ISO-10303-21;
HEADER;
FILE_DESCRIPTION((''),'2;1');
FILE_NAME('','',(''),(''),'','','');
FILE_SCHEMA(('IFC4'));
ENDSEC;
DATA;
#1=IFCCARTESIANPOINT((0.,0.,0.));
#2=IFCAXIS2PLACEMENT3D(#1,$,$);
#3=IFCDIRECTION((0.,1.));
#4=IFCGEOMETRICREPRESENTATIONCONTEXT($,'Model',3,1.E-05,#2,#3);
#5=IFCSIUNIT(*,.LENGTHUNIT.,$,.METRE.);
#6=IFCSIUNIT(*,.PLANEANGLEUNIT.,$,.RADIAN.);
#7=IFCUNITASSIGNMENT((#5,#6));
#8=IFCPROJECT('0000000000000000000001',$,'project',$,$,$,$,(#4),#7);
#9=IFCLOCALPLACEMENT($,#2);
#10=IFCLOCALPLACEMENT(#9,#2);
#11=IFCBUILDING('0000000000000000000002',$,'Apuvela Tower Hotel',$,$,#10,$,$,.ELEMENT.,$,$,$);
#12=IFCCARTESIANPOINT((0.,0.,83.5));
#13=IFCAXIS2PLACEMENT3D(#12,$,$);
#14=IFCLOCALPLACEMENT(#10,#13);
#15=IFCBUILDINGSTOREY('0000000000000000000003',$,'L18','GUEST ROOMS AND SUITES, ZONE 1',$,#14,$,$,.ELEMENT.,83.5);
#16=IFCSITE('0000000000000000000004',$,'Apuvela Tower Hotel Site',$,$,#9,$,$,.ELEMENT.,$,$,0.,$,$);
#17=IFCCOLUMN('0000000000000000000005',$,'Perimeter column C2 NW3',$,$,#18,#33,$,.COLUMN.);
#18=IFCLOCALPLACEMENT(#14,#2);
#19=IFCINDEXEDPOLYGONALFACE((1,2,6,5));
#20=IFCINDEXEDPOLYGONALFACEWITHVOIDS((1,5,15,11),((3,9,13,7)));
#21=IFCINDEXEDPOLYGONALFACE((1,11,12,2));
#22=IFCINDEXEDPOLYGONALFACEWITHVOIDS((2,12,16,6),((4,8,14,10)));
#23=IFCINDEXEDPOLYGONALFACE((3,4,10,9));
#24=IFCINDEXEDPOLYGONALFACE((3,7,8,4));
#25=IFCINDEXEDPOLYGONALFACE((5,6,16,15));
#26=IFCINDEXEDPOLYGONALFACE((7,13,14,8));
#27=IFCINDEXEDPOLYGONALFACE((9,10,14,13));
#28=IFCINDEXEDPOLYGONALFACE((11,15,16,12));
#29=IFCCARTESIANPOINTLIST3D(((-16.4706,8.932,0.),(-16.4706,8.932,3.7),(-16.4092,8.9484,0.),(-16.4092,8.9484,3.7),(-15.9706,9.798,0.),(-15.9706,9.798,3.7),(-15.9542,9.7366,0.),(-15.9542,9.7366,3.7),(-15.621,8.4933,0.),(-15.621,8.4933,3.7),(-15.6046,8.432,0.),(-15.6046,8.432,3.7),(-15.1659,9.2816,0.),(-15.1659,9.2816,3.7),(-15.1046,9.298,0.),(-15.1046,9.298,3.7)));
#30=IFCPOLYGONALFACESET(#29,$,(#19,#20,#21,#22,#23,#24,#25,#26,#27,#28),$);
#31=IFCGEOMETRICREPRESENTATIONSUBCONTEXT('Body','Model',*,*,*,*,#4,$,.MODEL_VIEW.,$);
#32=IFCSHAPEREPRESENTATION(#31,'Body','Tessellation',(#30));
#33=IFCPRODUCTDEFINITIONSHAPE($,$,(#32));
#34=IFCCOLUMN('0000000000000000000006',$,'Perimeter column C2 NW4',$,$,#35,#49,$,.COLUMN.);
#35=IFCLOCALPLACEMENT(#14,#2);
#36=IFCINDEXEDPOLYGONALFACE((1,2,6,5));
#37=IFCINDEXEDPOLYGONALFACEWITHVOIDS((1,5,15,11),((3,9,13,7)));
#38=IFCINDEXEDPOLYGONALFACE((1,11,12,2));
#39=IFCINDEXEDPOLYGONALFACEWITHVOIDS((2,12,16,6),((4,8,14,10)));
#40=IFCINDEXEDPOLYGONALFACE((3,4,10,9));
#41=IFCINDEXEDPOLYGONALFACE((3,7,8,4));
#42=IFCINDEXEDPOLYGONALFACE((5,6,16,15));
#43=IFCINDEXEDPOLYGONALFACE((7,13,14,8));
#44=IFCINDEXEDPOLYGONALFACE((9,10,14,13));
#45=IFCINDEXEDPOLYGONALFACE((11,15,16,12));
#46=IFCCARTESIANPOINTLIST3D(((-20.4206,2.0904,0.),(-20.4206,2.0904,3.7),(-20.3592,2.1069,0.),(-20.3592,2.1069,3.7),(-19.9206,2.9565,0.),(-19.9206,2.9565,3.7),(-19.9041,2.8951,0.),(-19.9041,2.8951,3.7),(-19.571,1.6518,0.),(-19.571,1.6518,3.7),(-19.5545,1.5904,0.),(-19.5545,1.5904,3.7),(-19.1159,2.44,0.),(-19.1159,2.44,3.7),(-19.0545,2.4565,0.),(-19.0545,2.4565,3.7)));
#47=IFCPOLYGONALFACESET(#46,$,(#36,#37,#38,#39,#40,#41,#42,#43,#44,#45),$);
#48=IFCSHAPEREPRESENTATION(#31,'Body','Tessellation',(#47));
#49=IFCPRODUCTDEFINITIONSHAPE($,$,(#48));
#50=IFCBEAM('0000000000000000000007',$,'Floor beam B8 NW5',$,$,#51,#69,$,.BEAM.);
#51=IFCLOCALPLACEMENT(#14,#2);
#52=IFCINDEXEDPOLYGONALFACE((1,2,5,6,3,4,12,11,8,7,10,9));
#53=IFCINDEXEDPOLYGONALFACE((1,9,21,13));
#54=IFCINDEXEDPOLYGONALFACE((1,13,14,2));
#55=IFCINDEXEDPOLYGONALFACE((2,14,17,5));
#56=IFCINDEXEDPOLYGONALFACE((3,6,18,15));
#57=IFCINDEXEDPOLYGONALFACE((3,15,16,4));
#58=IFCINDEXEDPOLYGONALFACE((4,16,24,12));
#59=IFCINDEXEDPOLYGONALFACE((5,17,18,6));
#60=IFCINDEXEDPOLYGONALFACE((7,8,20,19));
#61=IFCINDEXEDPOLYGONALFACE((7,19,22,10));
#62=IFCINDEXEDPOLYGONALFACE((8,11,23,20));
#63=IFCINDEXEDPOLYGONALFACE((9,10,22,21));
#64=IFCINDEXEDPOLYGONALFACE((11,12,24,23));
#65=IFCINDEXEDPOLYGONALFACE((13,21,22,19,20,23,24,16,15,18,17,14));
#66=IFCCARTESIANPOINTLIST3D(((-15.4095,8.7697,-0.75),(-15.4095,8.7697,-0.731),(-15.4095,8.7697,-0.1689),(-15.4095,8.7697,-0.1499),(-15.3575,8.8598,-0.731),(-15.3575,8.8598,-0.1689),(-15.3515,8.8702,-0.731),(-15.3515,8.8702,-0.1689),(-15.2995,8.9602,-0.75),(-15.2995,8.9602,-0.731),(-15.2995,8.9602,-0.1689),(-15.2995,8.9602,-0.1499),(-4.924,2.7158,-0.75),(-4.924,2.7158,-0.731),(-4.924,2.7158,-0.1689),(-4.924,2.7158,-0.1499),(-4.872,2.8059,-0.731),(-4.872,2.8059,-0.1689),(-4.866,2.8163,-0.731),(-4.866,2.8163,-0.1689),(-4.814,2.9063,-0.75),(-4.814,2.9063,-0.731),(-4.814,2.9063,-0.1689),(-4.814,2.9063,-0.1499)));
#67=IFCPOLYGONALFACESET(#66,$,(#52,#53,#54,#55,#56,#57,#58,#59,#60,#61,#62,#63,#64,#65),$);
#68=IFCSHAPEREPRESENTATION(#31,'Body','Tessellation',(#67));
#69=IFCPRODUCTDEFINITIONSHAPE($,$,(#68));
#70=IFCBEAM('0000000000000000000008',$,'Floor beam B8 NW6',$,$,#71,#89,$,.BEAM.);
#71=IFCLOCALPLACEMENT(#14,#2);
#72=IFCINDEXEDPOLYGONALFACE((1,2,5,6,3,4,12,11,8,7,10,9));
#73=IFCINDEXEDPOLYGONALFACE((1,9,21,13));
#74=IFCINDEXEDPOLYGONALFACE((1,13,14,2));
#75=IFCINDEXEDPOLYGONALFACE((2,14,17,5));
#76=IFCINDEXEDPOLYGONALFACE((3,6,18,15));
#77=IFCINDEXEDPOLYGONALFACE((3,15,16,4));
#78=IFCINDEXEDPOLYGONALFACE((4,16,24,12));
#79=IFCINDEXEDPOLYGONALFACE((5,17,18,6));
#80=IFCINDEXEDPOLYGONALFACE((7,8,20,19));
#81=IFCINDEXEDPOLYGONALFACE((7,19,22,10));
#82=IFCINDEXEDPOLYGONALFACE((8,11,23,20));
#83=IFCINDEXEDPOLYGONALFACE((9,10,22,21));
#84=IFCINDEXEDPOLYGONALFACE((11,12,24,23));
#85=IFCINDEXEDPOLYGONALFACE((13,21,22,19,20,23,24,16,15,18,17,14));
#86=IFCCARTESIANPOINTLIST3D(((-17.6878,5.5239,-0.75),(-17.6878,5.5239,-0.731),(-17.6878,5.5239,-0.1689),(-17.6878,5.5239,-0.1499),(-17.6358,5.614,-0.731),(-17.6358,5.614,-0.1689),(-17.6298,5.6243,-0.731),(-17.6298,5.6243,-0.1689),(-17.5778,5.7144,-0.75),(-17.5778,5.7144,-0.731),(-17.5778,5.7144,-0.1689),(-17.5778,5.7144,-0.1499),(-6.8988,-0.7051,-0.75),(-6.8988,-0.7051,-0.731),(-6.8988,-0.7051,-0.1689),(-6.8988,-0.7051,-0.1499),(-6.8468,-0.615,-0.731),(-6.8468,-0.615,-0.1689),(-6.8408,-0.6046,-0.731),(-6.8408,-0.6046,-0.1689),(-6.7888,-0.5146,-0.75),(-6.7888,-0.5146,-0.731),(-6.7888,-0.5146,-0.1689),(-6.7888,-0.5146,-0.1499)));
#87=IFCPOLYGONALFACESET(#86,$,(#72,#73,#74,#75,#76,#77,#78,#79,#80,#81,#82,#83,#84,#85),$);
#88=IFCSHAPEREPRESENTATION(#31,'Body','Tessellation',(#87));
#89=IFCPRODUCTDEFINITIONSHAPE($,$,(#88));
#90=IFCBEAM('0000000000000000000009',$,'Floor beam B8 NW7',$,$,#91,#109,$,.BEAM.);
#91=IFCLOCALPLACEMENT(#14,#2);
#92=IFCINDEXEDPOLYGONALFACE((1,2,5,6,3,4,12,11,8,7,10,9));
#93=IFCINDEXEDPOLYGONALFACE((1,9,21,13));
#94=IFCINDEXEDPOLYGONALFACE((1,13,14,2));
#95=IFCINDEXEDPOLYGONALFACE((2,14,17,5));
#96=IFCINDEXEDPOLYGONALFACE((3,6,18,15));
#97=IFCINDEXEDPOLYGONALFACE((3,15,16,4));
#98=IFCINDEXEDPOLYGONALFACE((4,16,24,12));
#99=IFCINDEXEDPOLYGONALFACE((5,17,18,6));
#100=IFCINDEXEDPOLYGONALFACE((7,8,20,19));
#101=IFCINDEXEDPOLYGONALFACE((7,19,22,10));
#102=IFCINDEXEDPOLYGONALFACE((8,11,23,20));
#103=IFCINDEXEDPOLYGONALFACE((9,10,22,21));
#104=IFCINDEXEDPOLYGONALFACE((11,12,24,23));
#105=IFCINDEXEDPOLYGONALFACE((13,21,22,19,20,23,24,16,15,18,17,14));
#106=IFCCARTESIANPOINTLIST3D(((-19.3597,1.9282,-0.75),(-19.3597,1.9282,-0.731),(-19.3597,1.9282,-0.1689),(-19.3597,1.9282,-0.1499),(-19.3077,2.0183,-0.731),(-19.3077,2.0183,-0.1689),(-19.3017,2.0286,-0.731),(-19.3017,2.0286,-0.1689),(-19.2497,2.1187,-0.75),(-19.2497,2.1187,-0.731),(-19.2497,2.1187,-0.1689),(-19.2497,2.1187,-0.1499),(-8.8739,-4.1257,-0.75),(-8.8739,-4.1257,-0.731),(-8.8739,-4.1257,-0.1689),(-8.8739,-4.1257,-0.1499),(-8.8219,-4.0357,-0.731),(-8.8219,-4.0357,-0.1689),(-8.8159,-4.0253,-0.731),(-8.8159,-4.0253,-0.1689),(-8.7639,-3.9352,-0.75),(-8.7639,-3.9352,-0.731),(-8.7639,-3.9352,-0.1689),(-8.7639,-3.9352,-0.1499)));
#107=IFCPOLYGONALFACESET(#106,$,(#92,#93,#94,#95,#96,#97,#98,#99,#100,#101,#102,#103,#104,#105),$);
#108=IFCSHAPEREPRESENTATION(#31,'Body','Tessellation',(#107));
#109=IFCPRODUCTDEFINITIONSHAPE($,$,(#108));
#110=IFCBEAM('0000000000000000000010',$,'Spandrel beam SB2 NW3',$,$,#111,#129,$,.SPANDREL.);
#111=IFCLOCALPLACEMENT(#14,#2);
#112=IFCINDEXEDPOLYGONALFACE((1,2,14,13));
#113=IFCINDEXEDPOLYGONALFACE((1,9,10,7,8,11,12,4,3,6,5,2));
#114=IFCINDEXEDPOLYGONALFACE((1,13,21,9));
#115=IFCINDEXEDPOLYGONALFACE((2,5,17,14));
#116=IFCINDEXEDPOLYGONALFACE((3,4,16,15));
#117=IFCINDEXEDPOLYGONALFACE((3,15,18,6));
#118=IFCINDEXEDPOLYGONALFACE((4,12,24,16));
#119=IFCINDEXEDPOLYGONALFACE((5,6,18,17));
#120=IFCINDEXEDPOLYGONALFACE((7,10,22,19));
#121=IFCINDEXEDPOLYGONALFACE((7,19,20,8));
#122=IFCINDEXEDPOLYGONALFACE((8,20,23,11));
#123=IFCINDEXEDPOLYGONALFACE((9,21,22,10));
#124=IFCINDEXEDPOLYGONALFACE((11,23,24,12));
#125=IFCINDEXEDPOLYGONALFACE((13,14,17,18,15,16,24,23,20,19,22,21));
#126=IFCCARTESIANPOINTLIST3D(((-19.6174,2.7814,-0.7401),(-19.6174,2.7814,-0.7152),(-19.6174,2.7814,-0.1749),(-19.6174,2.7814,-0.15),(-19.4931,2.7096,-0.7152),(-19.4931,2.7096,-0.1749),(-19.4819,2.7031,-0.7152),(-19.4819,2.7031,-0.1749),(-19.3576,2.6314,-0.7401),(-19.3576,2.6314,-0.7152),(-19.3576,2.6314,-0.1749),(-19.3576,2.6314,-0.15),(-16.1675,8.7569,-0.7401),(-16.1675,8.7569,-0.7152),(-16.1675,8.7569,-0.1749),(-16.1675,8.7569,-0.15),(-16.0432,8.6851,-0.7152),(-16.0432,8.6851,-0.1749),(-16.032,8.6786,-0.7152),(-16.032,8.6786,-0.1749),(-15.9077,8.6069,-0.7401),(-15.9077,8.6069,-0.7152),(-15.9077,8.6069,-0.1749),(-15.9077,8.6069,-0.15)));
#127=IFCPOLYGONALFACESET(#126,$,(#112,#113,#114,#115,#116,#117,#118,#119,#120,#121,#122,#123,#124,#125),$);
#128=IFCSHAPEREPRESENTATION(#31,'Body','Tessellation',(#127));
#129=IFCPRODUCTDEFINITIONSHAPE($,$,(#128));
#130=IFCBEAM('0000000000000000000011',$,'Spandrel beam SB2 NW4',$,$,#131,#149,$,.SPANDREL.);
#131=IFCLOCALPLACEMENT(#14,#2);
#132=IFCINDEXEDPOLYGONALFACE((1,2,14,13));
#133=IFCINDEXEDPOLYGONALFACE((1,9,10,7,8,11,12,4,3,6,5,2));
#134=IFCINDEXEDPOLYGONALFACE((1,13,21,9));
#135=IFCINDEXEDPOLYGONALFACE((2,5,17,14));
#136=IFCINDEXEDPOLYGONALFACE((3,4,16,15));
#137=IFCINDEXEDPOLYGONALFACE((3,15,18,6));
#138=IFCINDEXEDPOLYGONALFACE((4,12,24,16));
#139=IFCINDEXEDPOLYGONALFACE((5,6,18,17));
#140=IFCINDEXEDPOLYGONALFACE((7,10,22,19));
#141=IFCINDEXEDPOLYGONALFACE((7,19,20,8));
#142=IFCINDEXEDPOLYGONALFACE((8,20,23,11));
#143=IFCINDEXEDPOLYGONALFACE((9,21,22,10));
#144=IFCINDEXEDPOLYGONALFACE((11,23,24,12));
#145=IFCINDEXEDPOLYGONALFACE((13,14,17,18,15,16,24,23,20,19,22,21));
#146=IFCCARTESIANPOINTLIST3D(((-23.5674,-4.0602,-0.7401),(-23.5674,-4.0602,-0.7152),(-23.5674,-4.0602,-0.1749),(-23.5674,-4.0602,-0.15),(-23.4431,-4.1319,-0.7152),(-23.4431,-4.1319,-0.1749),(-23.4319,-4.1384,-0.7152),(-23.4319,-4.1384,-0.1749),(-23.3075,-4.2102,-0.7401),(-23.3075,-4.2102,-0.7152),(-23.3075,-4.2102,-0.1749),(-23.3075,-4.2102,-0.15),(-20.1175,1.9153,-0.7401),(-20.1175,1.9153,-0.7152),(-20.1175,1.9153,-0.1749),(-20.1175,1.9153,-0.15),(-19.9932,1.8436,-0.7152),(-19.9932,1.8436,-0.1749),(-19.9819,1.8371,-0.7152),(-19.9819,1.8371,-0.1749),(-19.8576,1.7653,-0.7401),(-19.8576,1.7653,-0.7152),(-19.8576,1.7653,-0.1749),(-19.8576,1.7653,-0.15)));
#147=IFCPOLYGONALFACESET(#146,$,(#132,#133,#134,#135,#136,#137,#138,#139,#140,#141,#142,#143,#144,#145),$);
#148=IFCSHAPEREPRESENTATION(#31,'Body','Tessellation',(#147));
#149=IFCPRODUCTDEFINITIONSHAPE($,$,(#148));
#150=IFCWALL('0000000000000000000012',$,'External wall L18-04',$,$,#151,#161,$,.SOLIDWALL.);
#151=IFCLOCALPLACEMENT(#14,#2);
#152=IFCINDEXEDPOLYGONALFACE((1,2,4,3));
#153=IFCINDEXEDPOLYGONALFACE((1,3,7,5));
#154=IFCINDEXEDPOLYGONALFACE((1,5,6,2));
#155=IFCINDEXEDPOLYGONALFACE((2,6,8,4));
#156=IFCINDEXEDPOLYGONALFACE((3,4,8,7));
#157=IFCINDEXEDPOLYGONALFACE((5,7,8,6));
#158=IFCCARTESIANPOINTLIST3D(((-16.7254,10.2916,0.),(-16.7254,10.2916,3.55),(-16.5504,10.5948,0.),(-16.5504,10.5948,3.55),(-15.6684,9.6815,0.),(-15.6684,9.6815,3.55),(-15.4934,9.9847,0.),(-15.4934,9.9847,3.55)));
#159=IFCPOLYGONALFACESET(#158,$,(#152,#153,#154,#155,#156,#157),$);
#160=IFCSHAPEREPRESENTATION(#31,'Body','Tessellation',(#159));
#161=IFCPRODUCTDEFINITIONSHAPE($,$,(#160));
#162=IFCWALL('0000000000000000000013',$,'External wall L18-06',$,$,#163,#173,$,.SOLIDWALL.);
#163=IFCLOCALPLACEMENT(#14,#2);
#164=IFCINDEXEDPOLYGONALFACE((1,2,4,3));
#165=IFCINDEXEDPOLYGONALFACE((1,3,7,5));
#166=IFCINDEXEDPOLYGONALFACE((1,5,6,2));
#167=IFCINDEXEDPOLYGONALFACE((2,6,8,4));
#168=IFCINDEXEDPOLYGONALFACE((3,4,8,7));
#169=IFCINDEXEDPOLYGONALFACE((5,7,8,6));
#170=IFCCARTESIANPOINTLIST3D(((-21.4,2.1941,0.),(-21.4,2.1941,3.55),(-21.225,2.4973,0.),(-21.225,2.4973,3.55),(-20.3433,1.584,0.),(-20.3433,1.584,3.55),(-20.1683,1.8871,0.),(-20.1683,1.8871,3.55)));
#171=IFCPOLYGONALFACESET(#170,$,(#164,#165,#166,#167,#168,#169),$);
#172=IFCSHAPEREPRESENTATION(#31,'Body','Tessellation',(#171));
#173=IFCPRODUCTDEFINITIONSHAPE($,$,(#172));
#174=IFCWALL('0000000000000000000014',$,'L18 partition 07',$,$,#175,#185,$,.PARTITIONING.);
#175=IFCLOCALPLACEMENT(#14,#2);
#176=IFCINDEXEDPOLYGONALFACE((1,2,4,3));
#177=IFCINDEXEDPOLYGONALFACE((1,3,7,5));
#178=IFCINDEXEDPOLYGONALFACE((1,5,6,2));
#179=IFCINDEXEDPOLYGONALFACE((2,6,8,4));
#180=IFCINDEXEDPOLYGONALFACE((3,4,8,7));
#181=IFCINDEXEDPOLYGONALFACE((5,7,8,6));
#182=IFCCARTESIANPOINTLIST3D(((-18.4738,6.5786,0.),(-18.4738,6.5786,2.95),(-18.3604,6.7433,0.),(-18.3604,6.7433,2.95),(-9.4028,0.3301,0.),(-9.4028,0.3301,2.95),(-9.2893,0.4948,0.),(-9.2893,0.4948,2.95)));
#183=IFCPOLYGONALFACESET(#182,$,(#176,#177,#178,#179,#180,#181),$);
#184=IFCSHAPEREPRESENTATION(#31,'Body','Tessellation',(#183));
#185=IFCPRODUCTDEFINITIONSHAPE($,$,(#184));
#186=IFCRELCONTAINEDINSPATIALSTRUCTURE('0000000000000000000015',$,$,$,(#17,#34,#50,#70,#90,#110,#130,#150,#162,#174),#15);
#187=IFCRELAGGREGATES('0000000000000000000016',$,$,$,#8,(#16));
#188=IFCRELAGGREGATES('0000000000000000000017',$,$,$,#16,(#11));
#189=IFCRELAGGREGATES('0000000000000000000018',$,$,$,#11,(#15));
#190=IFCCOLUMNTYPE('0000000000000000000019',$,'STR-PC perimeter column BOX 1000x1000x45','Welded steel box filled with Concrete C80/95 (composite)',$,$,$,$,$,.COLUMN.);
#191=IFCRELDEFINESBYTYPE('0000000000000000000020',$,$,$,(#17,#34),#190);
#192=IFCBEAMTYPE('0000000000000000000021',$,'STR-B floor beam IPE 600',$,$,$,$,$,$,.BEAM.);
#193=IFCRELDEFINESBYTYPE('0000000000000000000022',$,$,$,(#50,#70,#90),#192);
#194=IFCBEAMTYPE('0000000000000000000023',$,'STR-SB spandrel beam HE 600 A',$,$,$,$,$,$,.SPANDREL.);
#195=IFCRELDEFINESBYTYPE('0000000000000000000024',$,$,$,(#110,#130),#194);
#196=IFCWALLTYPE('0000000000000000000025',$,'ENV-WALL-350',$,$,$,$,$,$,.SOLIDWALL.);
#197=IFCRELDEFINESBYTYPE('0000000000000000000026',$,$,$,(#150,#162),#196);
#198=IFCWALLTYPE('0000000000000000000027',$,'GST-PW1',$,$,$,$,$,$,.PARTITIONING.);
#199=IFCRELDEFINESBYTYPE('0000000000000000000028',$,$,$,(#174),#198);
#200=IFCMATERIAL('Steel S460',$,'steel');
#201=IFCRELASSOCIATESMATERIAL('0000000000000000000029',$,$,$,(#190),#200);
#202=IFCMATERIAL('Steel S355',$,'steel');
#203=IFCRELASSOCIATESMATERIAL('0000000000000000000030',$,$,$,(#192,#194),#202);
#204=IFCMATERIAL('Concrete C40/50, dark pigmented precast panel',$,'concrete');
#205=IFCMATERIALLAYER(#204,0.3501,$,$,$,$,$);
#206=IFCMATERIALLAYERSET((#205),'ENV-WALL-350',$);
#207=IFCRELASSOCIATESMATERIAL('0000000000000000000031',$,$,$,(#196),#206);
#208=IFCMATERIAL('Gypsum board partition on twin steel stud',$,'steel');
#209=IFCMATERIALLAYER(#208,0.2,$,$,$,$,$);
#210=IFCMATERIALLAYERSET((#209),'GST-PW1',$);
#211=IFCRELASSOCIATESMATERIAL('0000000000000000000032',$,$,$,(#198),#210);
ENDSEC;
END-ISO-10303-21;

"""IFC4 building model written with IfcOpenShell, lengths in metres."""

from ifc_helpers import new_model, si_unit, direction, frame, frame_2d, origin, origin_2d, place, context, subcontext, project, spatial, rectangle, hollow_rectangle, i_section, extrude, material, layer, layer_set, material_profile, profile_set, type_object, element, save


model = new_model("IFC4")

# Units and contexts
model_context = context("Model", 3, precision=1e-05, world=origin(), true_north=direction((0.0, 1.0)))
body_context = subcontext(model_context, "Body", "Model", "MODEL_VIEW")
ifc_project = project(units=[si_unit("LENGTHUNIT", "METRE"), si_unit("PLANEANGLEUNIT", "RADIAN")], contexts=[model_context])

# Site, building, storey
site_placement = place(None, origin())
site = spatial("IfcSite", under=ifc_project, at=site_placement, Name="Apuvela Tower Hotel Site", CompositionType="ELEMENT", RefElevation=0.0)
building_placement = place(site_placement, origin())
building = spatial("IfcBuilding", under=site, at=building_placement, Name="Apuvela Tower Hotel", CompositionType="ELEMENT")
storey_placement = place(building_placement, frame((0.0, 0.0, 83.5)))
storey = spatial("IfcBuildingStorey", under=building, at=storey_placement, Name="L18", Description="GUEST ROOMS AND SUITES, ZONE 1", CompositionType="ELEMENT", Elevation=83.5)

# Columns
ifc_material_1 = material(Name="Steel S460", Category="steel")
ifc_material_profile_1 = material_profile(ifc_material_1, hollow_rectangle(XDim=1.0, YDim=1.0, WallThickness=0.0449, at=origin_2d()), Name="BOX 1000x1000x45")
ifc_material_2 = material(Name="Concrete C80/95", Category="concrete")
ifc_material_profile_2 = material_profile(ifc_material_2, rectangle(XDim=0.9099, YDim=0.9099, at=origin_2d()), Name="Concrete C80/95 infill")
ifc_profile_set_1 = profile_set([ifc_material_profile_1, ifc_material_profile_2], Name="Steel S460")
column_type = type_object("IfcColumnType", Name="STR-PC perimeter column BOX 1000x1000x45", Description="Welded steel box filled with Concrete C80/95 (composite)", PredefinedType="COLUMN", material=ifc_profile_set_1)
for number, where, z_axis, x_axis, name in (
    (1, (-15.7876, 9.115, 0.0), (0.0, 0.0, 1.0), (0.5, 0.866025, 0.0), "Perimeter column C2 NW3"),
    (2, (-19.7375, 2.2734, 0.0), (0.0, 0.0, 1.0), (0.5, 0.866025, 0.0), "Perimeter column C2 NW4"),
):
    element("IfcColumn", number, at=place(storey_placement, frame(where, z_axis=z_axis, x_axis=x_axis)), inside=storey, type_object=column_type, Name=name, PredefinedType="COLUMN", context=body_context, shape_type="SweptSolid", body=[
        extrude(hollow_rectangle(XDim=1.0, YDim=1.0, WallThickness=0.0449, at=origin_2d()), origin(), (0.0, 0.0, 1.0), 3.7),
    ])

# Beams
ifc_material_3 = material(Name="Steel S355", Category="steel")
ifc_material_profile_3 = material_profile(ifc_material_3, i_section(OverallWidth=0.22, OverallDepth=0.6001, WebThickness=0.012, FlangeThickness=0.019, at=origin_2d()), Name="IPE 600")
ifc_profile_set_2 = profile_set([ifc_material_profile_3], Name="Steel S355")
beam_type_1 = type_object("IfcBeamType", Name="STR-B floor beam IPE 600", PredefinedType="BEAM", material=ifc_profile_set_2)
beam_1_placement = place(storey_placement, frame((-15.3545, 8.865, -0.45), z_axis=(0.866022, -0.500006, 0.0), x_axis=(0.500006, 0.866022, 0.0)))
element("IfcBeam", 3, at=beam_1_placement, inside=storey, type_object=beam_type_1, Name="Floor beam B8 NW5", PredefinedType="BEAM", context=body_context, shape_type="SweptSolid", body=[
    extrude(i_section(OverallWidth=0.22, OverallDepth=0.6001, WebThickness=0.012, FlangeThickness=0.019, at=origin_2d()), origin(), (0.0, 0.0, 1.0), 12.1077),
])
beam_2_placement = place(storey_placement, frame((-17.6328, 5.6191, -0.45), z_axis=(0.866028, -0.499996, 0.0), x_axis=(0.499996, 0.866028, 0.0)))
element("IfcBeam", 4, at=beam_2_placement, inside=storey, type_object=beam_type_1, Name="Floor beam B8 NW6", PredefinedType="BEAM", context=body_context, shape_type="SweptSolid", body=[
    extrude(i_section(OverallWidth=0.22, OverallDepth=0.6001, WebThickness=0.012, FlangeThickness=0.019, at=origin_2d()), origin(), (0.0, 0.0, 1.0), 12.458),
])
beam_3_placement = place(storey_placement, frame((-19.3047, 2.0234, -0.45), z_axis=(0.866027, -0.499997, 0.0), x_axis=(0.499997, 0.866027, 0.0)))
element("IfcBeam", 5, at=beam_3_placement, inside=storey, type_object=beam_type_1, Name="Floor beam B8 NW7", PredefinedType="BEAM", context=body_context, shape_type="SweptSolid", body=[
    extrude(i_section(OverallWidth=0.22, OverallDepth=0.6001, WebThickness=0.012, FlangeThickness=0.019, at=origin_2d()), origin(), (0.0, 0.0, 1.0), 12.1079),
])
ifc_material_profile_4 = material_profile(ifc_material_3, i_section(OverallWidth=0.3, OverallDepth=0.5901, WebThickness=0.0129, FlangeThickness=0.0249, at=origin_2d()), Name="HE 600 A")
ifc_profile_set_3 = profile_set([ifc_material_profile_4], Name="Steel S355")
beam_type_2 = type_object("IfcBeamType", Name="STR-SB spandrel beam HE 600 A", PredefinedType="SPANDREL", material=ifc_profile_set_3)
for number, where, z_axis, x_axis, name in (
    (6, (-16.0376, 8.6819, -0.4451), (-0.499994, -0.866029, 0.0), (0.866029, -0.499994, 0.0), "Spandrel beam SB2 NW3"),
    (7, (-19.9875, 1.8403, -0.4451), (-0.499994, -0.866029, 0.0), (0.866029, -0.499994, 0.0), "Spandrel beam SB2 NW4"),
):
    element("IfcBeam", number, at=place(storey_placement, frame(where, z_axis=z_axis, x_axis=x_axis)), inside=storey, type_object=beam_type_2, Name=name, PredefinedType="SPANDREL", context=body_context, shape_type="SweptSolid", body=[
        extrude(i_section(OverallWidth=0.3, OverallDepth=0.5901, WebThickness=0.0129, FlangeThickness=0.0249, at=origin_2d()), origin(), (0.0, 0.0, 1.0), 6.8999),
    ])

# Walls
ifc_material_4 = material(Name="Concrete C40/50, dark pigmented precast panel", Category="concrete")
ifc_layer_1 = layer(ifc_material_4, 0.3501)
ifc_layer_set_1 = layer_set([ifc_layer_1], Name="ENV-WALL-350")
wall_type_1 = type_object("IfcWallType", Name="ENV-WALL-350", PredefinedType="SOLIDWALL", material=ifc_layer_set_1)
wall_1_placement = place(storey_placement, frame((-15.5808, 9.833, 0.0), z_axis=(0.0, 0.0, 1.0), x_axis=(-0.866056, 0.499948, 0.0)))
element("IfcWall", 8, at=wall_1_placement, inside=storey, type_object=wall_type_1, Name="External wall L18-04", PredefinedType="SOLIDWALL", context=body_context, shape_type="SweptSolid", body=[
    extrude(rectangle(XDim=1.2205, YDim=0.3501, at=frame_2d((0.6104, 0.0))), origin(), (0.0, 0.0, 1.0), 3.55),
])
wall_2_placement = place(storey_placement, frame((-21.3125, 2.3457, 0.0), z_axis=(0.0, 0.0, 1.0), x_axis=(0.866006, -0.500034, 0.0)))
element("IfcWall", 9, at=wall_2_placement, inside=storey, type_object=wall_type_1, Name="External wall L18-06", PredefinedType="SOLIDWALL", context=body_context, shape_type="SweptSolid", body=[
    extrude(rectangle(XDim=1.2202, YDim=0.3501, at=frame_2d((0.6101, 0.0))), origin(), (0.0, 0.0, 1.0), 3.55),
])

# Wall
ifc_material_5 = material(Name="Gypsum board partition on twin steel stud", Category="steel")
ifc_layer_2 = layer(ifc_material_5, 0.2)
ifc_layer_set_2 = layer_set([ifc_layer_2], Name="GST-PW1")
wall_type_2 = type_object("IfcWallType", Name="GST-PW1", PredefinedType="PARTITIONING", material=ifc_layer_set_2)
wall_3_placement = place(storey_placement, frame((-18.417, 6.6609, 0.0), z_axis=(0.0, 0.0, 1.0), x_axis=(0.823525, -0.56728, 0.0)))
element("IfcWall", 10, at=wall_3_placement, inside=storey, type_object=wall_type_2, Name="L18 partition 07", PredefinedType="PARTITIONING", context=body_context, shape_type="SweptSolid", body=[
    extrude(rectangle(XDim=11.0149, YDim=0.2, at=frame_2d((5.5073, 0.0))), origin(), (0.0, 0.0, 1.0), 2.95),
])

save(model, "model.ifc")
